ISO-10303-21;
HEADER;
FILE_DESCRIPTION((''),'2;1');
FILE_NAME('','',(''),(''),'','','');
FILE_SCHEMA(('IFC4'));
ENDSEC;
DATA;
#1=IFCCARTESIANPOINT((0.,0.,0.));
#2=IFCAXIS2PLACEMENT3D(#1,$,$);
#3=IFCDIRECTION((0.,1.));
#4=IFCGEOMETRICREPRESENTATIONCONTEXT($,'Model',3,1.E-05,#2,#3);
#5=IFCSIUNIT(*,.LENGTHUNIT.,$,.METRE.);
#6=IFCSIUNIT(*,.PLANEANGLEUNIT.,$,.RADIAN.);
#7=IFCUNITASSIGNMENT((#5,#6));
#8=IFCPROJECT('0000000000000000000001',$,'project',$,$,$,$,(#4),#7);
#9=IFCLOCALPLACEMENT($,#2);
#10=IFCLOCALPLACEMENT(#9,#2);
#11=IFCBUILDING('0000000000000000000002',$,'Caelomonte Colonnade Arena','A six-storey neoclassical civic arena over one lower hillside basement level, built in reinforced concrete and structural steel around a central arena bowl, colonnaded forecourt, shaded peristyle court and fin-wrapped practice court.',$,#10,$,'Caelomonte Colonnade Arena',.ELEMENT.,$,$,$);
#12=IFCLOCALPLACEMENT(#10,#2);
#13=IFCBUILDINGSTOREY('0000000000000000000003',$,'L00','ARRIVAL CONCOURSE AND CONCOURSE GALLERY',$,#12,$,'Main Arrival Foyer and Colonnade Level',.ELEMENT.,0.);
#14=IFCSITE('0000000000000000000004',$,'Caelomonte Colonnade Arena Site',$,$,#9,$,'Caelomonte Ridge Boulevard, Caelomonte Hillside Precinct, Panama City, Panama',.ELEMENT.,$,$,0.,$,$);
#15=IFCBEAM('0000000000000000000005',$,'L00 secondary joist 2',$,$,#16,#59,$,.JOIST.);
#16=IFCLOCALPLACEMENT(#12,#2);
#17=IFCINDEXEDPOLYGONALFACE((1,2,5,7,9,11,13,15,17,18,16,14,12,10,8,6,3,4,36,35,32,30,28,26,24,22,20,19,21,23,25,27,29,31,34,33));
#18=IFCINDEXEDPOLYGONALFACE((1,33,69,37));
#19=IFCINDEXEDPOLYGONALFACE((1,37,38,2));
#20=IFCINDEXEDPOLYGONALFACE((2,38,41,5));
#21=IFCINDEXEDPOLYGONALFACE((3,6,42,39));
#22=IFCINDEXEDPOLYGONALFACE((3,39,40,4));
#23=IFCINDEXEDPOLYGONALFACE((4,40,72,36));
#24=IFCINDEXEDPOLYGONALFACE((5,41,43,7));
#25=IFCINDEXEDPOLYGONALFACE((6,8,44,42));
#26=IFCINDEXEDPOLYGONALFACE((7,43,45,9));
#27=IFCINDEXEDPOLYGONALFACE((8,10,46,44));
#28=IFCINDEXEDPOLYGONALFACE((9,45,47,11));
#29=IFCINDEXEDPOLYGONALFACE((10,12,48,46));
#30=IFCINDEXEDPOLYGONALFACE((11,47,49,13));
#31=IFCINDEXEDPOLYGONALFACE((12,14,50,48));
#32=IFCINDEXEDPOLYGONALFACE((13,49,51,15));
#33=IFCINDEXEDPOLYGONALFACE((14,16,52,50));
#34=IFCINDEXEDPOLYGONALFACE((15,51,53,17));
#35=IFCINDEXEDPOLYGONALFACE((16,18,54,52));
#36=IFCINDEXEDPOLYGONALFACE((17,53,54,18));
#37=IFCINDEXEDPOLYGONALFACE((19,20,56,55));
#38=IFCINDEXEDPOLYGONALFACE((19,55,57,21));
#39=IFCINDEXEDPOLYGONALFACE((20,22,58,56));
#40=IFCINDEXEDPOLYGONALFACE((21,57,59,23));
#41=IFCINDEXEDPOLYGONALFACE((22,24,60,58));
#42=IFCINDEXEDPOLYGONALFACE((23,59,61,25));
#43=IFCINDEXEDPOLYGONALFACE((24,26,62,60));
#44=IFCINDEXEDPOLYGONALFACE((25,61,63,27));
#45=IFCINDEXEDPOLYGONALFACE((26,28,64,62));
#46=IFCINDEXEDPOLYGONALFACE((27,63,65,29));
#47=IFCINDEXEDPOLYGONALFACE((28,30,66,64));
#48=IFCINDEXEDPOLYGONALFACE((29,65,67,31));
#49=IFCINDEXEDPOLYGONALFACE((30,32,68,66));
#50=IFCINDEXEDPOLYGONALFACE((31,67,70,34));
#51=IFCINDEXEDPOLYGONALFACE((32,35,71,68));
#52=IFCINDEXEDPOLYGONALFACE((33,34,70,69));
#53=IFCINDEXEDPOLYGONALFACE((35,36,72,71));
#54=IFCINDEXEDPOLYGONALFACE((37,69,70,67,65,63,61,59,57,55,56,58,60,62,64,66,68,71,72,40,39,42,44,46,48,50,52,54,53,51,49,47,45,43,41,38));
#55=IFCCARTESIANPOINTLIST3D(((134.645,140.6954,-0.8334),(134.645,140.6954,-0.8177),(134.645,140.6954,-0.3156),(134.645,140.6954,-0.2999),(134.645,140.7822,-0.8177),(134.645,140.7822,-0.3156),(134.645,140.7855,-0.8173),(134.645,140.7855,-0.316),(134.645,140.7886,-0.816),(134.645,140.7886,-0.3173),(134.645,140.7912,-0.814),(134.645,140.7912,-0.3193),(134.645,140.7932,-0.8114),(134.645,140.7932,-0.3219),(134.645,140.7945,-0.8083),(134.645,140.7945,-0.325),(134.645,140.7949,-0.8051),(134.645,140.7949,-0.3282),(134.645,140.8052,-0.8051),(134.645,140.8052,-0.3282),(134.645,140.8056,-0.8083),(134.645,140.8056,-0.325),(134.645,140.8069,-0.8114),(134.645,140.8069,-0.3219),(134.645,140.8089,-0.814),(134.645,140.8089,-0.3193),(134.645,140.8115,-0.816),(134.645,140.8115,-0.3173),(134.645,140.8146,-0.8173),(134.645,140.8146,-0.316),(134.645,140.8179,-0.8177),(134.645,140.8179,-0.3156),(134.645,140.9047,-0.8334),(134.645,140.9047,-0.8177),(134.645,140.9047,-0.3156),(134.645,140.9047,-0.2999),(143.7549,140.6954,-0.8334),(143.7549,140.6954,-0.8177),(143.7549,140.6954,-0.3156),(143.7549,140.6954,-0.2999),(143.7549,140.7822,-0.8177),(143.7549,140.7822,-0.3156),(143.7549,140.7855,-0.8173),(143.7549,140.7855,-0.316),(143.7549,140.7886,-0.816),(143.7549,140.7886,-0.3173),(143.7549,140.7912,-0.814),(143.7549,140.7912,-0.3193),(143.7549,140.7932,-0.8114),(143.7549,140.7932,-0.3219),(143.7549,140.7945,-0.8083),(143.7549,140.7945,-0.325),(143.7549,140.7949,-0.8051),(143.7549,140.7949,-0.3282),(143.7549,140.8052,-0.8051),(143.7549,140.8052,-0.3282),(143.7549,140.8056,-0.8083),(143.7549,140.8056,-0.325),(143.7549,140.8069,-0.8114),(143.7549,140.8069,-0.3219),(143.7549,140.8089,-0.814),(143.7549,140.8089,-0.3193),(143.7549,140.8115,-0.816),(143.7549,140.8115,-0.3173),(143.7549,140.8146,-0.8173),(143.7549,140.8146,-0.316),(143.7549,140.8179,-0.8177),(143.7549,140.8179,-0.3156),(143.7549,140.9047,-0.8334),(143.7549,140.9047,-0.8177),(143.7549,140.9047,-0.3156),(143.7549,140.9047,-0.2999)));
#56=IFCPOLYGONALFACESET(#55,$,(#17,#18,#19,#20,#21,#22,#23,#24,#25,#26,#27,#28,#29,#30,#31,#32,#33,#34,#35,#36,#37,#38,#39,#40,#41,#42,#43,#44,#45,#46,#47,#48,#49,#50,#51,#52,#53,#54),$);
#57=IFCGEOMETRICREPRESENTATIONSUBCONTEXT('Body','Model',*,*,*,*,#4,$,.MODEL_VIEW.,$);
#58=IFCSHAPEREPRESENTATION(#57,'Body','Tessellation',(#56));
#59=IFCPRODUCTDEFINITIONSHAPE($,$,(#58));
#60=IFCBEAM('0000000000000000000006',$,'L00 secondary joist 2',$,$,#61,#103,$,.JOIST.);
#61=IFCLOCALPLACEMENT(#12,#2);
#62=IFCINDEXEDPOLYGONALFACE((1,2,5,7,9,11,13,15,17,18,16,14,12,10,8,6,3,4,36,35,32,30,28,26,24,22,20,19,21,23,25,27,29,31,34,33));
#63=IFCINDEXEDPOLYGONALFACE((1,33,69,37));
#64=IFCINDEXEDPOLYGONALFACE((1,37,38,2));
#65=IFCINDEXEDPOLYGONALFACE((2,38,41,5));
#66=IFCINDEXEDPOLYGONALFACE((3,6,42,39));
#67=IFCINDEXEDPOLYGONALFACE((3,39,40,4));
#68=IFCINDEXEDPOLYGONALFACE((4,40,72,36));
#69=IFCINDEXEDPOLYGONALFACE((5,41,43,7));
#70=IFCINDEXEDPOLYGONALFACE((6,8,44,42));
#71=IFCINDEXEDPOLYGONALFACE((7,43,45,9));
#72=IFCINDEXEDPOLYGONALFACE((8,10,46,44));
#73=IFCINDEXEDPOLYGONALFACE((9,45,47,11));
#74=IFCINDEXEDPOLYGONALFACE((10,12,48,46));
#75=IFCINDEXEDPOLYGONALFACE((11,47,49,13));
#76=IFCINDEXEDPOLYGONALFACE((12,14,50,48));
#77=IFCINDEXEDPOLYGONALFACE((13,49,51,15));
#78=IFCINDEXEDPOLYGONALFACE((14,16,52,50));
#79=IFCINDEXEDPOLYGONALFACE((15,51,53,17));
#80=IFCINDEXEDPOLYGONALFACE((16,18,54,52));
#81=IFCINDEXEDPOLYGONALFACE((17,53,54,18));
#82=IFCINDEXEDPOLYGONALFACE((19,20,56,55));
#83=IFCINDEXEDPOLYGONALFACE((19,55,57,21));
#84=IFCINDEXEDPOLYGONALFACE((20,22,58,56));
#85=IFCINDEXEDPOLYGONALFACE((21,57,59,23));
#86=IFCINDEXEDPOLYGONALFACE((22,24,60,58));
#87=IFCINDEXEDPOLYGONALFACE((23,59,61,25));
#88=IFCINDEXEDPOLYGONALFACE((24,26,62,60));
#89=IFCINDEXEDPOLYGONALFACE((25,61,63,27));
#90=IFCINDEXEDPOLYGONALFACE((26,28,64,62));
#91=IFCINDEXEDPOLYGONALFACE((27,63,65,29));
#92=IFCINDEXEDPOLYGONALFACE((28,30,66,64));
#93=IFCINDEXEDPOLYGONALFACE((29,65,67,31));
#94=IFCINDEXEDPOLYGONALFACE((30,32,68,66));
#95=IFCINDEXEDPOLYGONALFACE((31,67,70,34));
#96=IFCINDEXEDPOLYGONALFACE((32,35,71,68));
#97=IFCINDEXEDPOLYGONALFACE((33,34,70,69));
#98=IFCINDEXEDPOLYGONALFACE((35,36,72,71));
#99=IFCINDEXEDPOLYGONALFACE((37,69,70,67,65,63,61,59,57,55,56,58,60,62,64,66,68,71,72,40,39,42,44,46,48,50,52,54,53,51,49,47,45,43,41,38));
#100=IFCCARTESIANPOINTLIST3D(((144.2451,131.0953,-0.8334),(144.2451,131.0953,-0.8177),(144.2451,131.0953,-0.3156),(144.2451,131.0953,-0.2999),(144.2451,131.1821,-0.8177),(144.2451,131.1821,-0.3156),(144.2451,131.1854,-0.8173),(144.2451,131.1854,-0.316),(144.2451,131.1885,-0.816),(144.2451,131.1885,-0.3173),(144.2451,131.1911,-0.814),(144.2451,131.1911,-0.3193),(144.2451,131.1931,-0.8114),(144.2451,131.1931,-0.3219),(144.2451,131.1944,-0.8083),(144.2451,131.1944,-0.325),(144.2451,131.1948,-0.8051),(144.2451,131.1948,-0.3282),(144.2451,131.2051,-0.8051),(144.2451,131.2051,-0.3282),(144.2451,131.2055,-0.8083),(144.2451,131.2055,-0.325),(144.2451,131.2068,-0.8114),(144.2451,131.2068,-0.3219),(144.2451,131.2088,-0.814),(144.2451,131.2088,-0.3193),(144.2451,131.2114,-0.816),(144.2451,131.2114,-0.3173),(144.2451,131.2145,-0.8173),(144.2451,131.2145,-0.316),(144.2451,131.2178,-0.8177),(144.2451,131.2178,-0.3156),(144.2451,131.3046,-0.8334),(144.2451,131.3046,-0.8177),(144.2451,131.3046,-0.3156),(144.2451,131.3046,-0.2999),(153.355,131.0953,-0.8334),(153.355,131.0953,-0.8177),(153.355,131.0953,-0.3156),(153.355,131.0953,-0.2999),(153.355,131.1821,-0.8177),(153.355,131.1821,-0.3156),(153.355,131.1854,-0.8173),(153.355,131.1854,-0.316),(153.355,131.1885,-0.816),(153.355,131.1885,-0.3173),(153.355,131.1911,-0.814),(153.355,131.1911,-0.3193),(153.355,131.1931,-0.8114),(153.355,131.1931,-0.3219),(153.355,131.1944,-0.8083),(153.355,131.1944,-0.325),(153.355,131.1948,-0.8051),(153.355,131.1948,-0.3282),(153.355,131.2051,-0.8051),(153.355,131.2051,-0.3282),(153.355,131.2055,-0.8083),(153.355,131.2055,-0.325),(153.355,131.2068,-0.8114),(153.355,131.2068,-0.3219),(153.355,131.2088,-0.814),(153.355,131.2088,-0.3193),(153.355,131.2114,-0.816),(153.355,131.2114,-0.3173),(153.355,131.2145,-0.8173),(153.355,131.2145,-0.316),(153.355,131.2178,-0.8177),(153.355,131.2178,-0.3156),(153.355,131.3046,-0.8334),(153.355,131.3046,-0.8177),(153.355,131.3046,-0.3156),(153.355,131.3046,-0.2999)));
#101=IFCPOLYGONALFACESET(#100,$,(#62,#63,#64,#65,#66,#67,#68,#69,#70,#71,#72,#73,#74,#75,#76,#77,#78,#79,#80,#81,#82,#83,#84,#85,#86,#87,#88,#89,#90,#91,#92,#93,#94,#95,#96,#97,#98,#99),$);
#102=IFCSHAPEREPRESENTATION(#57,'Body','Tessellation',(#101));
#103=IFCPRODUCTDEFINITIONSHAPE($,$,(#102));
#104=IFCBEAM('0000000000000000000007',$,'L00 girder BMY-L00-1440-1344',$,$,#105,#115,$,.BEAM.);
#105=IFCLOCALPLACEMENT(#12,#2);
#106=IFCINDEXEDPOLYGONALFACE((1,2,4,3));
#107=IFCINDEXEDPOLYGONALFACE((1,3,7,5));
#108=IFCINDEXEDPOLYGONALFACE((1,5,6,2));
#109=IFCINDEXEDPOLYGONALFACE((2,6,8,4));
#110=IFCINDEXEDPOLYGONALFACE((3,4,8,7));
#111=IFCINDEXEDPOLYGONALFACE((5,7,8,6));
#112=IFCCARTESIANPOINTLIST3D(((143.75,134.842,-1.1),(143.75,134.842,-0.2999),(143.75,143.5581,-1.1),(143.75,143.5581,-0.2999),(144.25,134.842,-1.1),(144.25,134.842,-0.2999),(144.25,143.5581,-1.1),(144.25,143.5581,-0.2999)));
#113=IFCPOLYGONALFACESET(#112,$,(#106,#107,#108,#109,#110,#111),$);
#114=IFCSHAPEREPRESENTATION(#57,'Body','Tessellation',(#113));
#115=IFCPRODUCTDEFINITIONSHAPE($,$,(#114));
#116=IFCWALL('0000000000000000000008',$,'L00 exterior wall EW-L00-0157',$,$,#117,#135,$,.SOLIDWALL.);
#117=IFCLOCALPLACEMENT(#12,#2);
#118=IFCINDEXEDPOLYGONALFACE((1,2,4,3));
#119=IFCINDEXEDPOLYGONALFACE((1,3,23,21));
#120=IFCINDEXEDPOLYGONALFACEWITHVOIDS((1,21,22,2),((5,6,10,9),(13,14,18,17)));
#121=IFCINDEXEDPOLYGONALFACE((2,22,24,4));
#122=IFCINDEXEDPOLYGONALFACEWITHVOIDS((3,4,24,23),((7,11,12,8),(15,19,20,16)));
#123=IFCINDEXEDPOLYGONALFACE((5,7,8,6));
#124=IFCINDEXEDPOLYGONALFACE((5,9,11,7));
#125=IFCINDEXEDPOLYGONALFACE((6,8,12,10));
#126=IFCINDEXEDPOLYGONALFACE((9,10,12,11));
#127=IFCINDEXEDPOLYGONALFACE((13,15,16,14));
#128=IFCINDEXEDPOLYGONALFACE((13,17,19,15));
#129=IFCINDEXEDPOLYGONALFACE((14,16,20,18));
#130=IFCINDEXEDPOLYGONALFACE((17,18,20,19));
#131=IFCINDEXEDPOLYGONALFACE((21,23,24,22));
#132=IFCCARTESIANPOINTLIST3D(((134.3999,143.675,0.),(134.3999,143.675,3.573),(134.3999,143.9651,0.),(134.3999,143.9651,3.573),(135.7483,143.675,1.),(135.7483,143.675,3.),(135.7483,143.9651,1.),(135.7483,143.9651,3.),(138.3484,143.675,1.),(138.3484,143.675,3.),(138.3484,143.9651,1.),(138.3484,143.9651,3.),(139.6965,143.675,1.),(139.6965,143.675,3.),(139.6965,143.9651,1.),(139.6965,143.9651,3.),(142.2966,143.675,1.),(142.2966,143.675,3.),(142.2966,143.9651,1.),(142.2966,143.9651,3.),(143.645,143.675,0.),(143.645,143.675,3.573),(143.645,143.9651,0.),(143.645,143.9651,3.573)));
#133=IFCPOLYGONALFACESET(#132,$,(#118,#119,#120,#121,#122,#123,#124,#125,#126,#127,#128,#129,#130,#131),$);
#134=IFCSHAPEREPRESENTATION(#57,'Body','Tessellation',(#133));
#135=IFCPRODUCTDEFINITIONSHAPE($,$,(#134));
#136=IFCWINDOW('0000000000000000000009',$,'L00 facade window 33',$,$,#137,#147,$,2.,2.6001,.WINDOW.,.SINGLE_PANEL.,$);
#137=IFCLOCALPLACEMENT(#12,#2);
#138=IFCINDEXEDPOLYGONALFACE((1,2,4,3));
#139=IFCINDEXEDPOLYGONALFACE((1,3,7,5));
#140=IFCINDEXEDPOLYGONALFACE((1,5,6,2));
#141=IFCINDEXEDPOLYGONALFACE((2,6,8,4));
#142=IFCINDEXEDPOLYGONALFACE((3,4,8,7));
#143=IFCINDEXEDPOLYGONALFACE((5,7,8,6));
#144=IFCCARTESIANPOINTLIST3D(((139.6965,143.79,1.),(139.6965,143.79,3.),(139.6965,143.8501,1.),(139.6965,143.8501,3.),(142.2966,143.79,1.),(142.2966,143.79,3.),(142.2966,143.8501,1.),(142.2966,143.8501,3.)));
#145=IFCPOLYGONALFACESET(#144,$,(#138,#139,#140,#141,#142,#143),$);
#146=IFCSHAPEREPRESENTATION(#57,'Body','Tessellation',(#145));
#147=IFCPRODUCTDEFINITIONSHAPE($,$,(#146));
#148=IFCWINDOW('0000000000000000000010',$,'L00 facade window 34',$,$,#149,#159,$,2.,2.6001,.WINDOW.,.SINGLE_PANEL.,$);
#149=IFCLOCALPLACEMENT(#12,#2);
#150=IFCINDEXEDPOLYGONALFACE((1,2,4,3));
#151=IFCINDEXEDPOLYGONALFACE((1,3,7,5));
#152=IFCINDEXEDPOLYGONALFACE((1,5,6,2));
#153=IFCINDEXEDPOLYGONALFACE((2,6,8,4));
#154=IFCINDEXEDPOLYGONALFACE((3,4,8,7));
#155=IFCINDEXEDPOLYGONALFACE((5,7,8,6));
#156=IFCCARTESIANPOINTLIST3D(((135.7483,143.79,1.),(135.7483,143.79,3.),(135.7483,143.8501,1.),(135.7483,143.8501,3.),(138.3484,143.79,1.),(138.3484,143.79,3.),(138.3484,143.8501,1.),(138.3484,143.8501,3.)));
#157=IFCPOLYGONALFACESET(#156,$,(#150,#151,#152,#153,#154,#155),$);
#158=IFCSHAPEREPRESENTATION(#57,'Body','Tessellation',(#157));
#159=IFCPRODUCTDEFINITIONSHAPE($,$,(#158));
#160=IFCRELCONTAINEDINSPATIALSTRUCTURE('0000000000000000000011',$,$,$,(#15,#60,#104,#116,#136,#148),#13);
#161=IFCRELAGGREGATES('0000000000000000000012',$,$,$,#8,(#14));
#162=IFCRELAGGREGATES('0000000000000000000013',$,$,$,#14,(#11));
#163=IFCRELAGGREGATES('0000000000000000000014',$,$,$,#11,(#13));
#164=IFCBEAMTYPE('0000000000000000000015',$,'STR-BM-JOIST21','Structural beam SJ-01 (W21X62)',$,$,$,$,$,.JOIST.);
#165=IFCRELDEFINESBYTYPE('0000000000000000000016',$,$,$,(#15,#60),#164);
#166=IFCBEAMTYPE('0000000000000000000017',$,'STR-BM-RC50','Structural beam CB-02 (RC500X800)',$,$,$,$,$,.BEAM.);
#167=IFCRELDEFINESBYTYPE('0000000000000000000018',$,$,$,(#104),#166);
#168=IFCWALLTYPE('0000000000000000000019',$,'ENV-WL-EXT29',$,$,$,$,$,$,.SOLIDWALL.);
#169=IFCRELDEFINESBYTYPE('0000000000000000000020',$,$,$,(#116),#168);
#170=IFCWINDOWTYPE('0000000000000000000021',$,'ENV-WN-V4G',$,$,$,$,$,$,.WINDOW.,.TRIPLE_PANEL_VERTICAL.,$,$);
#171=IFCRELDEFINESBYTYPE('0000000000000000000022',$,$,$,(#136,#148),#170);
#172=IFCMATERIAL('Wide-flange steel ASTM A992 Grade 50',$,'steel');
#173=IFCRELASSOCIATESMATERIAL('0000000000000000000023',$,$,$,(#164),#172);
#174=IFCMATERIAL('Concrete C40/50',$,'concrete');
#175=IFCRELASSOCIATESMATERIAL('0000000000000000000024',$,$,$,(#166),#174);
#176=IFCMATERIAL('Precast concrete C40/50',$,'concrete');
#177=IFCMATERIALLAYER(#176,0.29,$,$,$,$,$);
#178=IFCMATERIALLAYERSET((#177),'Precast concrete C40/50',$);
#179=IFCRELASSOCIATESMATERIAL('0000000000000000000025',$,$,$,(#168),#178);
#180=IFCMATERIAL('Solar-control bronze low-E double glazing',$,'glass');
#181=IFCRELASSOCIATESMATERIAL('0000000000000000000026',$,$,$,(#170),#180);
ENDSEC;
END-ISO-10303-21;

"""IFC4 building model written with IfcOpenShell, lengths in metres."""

from ifc_helpers import new_model, si_unit, direction, frame, frame_2d, origin, origin_2d, place, context, subcontext, project, spatial, rectangle, i_section, extrude, material, layer, layer_set, material_profile, profile_set, type_object, element, fill, save


model = new_model("IFC4")

# Units and contexts
model_context = context("Model", 3, precision=1e-05, world=origin(), true_north=direction((0.0, 1.0)))
body_context = subcontext(model_context, "Body", "Model", "MODEL_VIEW")
ifc_project = project(units=[si_unit("LENGTHUNIT", "METRE"), si_unit("PLANEANGLEUNIT", "RADIAN")], contexts=[model_context])

# Site, building, storey
site_placement = place(None, origin())
site = spatial("IfcSite", under=ifc_project, at=site_placement, Name="Caelomonte Colonnade Arena Site", LongName="Caelomonte Ridge Boulevard, Caelomonte Hillside Precinct, Panama City, Panama", CompositionType="ELEMENT", RefElevation=0.0)
building_placement = place(site_placement, origin())
building = spatial("IfcBuilding", under=site, at=building_placement, Name="Caelomonte Colonnade Arena", Description="A six-storey neoclassical civic arena over one lower hillside basement level, built in reinforced concrete and structural steel around a central arena bowl, colonnaded forecourt, shaded peristyle court and fin-wrapped practice court.", LongName="Caelomonte Colonnade Arena", CompositionType="ELEMENT")
storey_placement = place(building_placement, origin())
storey = spatial("IfcBuildingStorey", under=building, at=storey_placement, Name="L00", Description="ARRIVAL CONCOURSE AND CONCOURSE GALLERY", LongName="Main Arrival Foyer and Colonnade Level", CompositionType="ELEMENT", Elevation=0.0)

# Shared definitions
ifc_material_1 = material(Name="Concrete C40/50", Category="concrete")

# Beams
ifc_material_2 = material(Name="Wide-flange steel ASTM A992 Grade 50", Category="steel")
ifc_material_profile_1 = material_profile(ifc_material_2, i_section(OverallWidth=0.2092, OverallDepth=0.5334, WebThickness=0.0103, FlangeThickness=0.0156, FilletRadius=0.0127, at=origin_2d()), Name="W21X62")
ifc_profile_set_1 = profile_set([ifc_material_profile_1], Name="Wide-flange steel ASTM A992 Grade 50")
beam_type_1 = type_object("IfcBeamType", Name="STR-BM-JOIST21", Description="Structural beam SJ-01 (W21X62)", PredefinedType="JOIST", material=ifc_profile_set_1)
for number, where, z_axis, x_axis, name in (
    (1, (134.645, 140.8, -0.5667), (1.0, 0.0, 0.0), (0.0, 1.0, 0.0), "L00 secondary joist 2"),
    (2, (144.2451, 131.2, -0.5667), (1.0, 0.0, 0.0), (0.0, 1.0, 0.0), "L00 secondary joist 2"),
):
    element("IfcBeam", number, at=place(storey_placement, frame(where, z_axis=z_axis, x_axis=x_axis)), inside=storey, type_object=beam_type_1, Name=name, PredefinedType="JOIST", context=body_context, shape_type="SweptSolid", body=[
        extrude(i_section(OverallWidth=0.2092, OverallDepth=0.5334, WebThickness=0.0103, FlangeThickness=0.0156, FilletRadius=0.0127, at=origin_2d()), origin(), (0.0, 0.0, 1.0), 9.1099),
    ])
ifc_material_profile_2 = material_profile(ifc_material_1, rectangle(XDim=0.5, YDim=0.8, at=origin_2d()), Name="RC500X800")
ifc_profile_set_2 = profile_set([ifc_material_profile_2], Name="Concrete C40/50")
beam_type_2 = type_object("IfcBeamType", Name="STR-BM-RC50", Description="Structural beam CB-02 (RC500X800)", PredefinedType="BEAM", material=ifc_profile_set_2)
beam_1_placement = place(storey_placement, frame((144.0, 134.842, -0.7), z_axis=(0.0, 1.0, 0.0), x_axis=(-1.0, 0.0, 0.0)))
element("IfcBeam", 3, at=beam_1_placement, inside=storey, type_object=beam_type_2, Name="L00 girder BMY-L00-1440-1344", PredefinedType="BEAM", context=body_context, shape_type="SweptSolid", body=[
    extrude(rectangle(XDim=0.5, YDim=0.8, at=origin_2d()), origin(), (0.0, 0.0, 1.0), 8.7161),
])

# Wall, openings, windows
ifc_material_3 = material(Name="Precast concrete C40/50", Category="concrete")
ifc_layer_1 = layer(ifc_material_3, 0.29)
ifc_layer_set_1 = layer_set([ifc_layer_1], Name="Precast concrete C40/50")
wall_type_1 = type_object("IfcWallType", Name="ENV-WL-EXT29", PredefinedType="SOLIDWALL", material=ifc_layer_set_1)
wall_1_placement = place(storey_placement, frame((143.645, 143.8201, 0.0), z_axis=(0.0, 0.0, 1.0), x_axis=(-1.0, 0.0, 0.0)))
wall_1 = element("IfcWall", 4, at=wall_1_placement, inside=storey, type_object=wall_type_1, Name="L00 exterior wall EW-L00-0157", PredefinedType="SOLIDWALL", context=body_context, shape_type="SweptSolid", body=[
    extrude(rectangle(XDim=9.2451, YDim=0.29, at=frame_2d((4.6226, 0.0))), origin(), (0.0, 0.0, 1.0), 3.573),
])
opening_1_placement = place(wall_1_placement, frame((3.9485, 0.0, 1.0), z_axis=(0.0, 0.0, 1.0), x_axis=(-1.0, 0.0, 0.0)))
opening_1 = element("IfcOpeningElement", 5, at=opening_1_placement, cuts=wall_1, PredefinedType="OPENING", context=body_context, shape_type="SweptSolid", body=[
    extrude(rectangle(XDim=2.6001, YDim=2.0, at=frame_2d((1.3, 1.0))), frame((0.0, 0.155, 0.0), z_axis=(0.0, -1.0, 0.0), x_axis=(1.0, 0.0, 0.0)), (0.0, 0.0, 1.0), 0.3101),
])
opening_2_placement = place(wall_1_placement, frame((7.8967, 0.0, 1.0), z_axis=(0.0, 0.0, 1.0), x_axis=(-1.0, 0.0, 0.0)))
opening_2 = element("IfcOpeningElement", 6, at=opening_2_placement, cuts=wall_1, PredefinedType="OPENING", context=body_context, shape_type="SweptSolid", body=[
    extrude(rectangle(XDim=2.6001, YDim=2.0, at=frame_2d((1.3, 1.0))), frame((0.0, 0.155, 0.0), z_axis=(0.0, -1.0, 0.0), x_axis=(1.0, 0.0, 0.0)), (0.0, 0.0, 1.0), 0.3101),
])
ifc_material_4 = material(Name="Solar-control bronze low-E double glazing", Category="glass")
window_type = type_object("IfcWindowType", Name="ENV-WN-V4G", PartitioningType="TRIPLE_PANEL_VERTICAL", PredefinedType="WINDOW", material=ifc_material_4)
window_1_placement = place(opening_1_placement, origin())
window_1 = element("IfcWindow", 7, at=window_1_placement, inside=storey, type_object=window_type, Name="L00 facade window 33", OverallHeight=2.0, OverallWidth=2.6001, PartitioningType="SINGLE_PANEL", PredefinedType="WINDOW", context=body_context, shape_type="SweptSolid", body=[
    extrude(rectangle(XDim=2.6001, YDim=2.0, at=frame_2d((1.3, 1.0))), frame((0.0, 0.03, 0.0), z_axis=(0.0, -1.0, 0.0), x_axis=(1.0, 0.0, 0.0)), (0.0, 0.0, 1.0), 0.0601),
])
fill(opening_1, window_1)
window_2_placement = place(opening_2_placement, origin())
window_2 = element("IfcWindow", 8, at=window_2_placement, inside=storey, type_object=window_type, Name="L00 facade window 34", OverallHeight=2.0, OverallWidth=2.6001, PartitioningType="SINGLE_PANEL", PredefinedType="WINDOW", context=body_context, shape_type="SweptSolid", body=[
    extrude(rectangle(XDim=2.6001, YDim=2.0, at=frame_2d((1.3, 1.0))), frame((0.0, 0.03, 0.0), z_axis=(0.0, -1.0, 0.0), x_axis=(1.0, 0.0, 0.0)), (0.0, 0.0, 1.0), 0.0601),
])
fill(opening_2, window_2)

save(model, "model.ifc")
